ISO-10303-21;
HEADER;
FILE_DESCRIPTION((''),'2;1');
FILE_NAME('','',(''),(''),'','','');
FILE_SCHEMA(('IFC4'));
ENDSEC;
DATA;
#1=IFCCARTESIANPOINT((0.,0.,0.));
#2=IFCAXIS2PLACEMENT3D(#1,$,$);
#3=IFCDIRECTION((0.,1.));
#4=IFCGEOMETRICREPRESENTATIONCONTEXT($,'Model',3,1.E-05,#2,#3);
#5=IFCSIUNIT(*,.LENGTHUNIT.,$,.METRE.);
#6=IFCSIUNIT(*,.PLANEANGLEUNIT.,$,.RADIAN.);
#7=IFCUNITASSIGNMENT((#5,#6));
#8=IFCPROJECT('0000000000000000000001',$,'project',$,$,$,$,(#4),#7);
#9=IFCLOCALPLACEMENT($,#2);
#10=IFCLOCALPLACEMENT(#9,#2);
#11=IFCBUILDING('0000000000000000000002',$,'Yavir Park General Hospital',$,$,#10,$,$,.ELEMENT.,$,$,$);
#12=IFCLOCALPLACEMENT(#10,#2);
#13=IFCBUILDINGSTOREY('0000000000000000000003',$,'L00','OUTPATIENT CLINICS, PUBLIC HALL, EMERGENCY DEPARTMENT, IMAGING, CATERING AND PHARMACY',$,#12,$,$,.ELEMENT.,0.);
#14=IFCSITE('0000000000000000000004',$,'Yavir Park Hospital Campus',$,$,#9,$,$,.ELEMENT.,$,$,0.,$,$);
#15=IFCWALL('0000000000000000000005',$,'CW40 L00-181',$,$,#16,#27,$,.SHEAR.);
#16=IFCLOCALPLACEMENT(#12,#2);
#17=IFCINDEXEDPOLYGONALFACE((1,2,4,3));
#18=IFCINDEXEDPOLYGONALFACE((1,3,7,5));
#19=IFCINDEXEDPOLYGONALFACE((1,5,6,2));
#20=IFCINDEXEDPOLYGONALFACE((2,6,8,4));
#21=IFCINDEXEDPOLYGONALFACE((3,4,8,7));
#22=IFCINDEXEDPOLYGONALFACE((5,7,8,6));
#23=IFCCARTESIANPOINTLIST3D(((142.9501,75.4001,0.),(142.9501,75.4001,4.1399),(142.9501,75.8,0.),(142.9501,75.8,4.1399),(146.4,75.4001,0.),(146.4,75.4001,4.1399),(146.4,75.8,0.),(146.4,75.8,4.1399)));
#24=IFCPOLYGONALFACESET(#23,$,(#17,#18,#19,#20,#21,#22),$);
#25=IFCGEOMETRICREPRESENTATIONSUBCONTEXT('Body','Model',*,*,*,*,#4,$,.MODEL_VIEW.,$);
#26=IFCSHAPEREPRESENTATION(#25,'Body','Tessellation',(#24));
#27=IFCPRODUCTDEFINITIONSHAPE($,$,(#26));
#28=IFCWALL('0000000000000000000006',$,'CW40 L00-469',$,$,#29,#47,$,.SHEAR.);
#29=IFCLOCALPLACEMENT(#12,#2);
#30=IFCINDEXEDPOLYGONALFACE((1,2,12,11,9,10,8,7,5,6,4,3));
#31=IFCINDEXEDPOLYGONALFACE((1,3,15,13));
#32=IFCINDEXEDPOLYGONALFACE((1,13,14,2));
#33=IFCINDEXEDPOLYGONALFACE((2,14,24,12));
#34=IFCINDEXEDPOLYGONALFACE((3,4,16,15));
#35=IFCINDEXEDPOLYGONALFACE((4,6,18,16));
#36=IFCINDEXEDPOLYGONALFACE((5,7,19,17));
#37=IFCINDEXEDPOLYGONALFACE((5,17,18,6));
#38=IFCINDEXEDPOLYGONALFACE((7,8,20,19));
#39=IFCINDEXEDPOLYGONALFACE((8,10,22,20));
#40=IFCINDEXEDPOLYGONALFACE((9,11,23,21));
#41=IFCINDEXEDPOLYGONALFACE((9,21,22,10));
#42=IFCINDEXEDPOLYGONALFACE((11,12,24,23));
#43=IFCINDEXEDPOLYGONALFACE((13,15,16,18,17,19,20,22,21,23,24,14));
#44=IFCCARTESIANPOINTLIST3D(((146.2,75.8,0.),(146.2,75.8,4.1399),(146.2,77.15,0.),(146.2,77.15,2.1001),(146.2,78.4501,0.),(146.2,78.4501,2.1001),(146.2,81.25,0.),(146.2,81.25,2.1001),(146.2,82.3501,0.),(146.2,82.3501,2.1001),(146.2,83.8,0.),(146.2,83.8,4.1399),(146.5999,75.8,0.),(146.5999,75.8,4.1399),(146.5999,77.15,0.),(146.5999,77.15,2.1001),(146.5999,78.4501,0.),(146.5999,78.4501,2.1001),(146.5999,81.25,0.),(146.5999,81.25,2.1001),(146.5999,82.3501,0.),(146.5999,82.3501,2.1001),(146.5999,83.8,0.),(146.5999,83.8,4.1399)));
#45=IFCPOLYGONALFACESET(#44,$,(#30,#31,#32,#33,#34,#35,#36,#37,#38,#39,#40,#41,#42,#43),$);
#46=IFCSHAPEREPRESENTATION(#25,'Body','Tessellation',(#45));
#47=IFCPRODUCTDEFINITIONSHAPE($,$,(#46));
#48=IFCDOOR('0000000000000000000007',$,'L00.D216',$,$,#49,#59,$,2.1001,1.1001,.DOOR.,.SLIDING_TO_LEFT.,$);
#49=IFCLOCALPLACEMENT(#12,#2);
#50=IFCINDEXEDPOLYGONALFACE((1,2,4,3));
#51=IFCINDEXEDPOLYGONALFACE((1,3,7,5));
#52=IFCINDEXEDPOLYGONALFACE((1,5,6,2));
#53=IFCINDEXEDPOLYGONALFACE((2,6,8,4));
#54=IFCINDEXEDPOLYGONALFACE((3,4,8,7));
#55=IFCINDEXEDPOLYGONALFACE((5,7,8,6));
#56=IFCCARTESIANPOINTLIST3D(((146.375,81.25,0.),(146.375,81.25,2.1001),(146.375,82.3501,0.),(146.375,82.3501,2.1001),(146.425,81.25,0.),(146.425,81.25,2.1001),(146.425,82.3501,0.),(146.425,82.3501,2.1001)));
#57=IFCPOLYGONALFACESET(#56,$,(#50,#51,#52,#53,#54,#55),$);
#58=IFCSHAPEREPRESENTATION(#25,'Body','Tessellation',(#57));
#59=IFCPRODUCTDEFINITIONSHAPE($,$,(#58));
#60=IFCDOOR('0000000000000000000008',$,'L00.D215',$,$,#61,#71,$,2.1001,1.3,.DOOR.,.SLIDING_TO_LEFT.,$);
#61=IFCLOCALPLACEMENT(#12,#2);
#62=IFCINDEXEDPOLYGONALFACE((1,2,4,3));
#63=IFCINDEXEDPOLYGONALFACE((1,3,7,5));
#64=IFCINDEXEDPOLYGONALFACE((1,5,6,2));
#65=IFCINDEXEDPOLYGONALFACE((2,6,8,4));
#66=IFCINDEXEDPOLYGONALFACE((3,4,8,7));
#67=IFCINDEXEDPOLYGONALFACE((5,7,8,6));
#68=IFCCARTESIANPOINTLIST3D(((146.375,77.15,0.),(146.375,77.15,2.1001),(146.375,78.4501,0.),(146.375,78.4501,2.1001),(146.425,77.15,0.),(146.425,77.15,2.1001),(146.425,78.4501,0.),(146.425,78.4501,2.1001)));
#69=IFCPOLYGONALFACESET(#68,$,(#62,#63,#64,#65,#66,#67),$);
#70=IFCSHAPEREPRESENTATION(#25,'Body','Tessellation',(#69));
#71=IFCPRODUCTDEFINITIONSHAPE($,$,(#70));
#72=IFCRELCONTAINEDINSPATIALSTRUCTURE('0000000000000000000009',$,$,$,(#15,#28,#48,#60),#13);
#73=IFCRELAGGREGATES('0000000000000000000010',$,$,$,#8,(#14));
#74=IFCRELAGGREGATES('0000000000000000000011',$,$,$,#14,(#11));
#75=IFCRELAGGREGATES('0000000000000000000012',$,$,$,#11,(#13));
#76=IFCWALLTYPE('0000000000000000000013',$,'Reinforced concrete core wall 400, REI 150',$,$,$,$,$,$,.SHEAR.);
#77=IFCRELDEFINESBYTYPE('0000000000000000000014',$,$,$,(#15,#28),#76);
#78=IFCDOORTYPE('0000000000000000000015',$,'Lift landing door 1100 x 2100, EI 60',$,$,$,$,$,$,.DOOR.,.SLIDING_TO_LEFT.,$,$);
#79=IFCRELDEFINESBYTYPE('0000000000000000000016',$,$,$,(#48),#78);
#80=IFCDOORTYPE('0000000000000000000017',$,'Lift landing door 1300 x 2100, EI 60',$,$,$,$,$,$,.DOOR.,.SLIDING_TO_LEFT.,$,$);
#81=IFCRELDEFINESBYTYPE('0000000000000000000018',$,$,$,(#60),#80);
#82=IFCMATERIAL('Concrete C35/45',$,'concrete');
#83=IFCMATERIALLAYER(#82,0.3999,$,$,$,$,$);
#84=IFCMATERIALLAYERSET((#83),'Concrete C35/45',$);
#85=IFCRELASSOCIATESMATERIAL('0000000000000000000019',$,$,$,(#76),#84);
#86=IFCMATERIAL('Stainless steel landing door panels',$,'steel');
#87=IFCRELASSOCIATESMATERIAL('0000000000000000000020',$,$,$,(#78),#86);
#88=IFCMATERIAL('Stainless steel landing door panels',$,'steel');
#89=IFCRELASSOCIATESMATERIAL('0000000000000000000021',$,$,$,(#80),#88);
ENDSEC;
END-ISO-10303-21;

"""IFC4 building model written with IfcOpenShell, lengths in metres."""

from ifc_helpers import new_model, si_unit, direction, frame, frame_2d, origin, place, context, subcontext, project, spatial, rectangle, extrude, material, layer, layer_set, type_object, element, fill, save


model = new_model("IFC4")

# Units and contexts
model_context = context("Model", 3, precision=1e-05, world=origin(), true_north=direction((0.0, 1.0)))
body_context = subcontext(model_context, "Body", "Model", "MODEL_VIEW")
ifc_project = project(units=[si_unit("LENGTHUNIT", "METRE"), si_unit("PLANEANGLEUNIT", "RADIAN")], contexts=[model_context])

# Site, building, storey
site_placement = place(None, origin())
site = spatial("IfcSite", under=ifc_project, at=site_placement, Name="Yavir Park Hospital Campus", CompositionType="ELEMENT", RefElevation=0.0)
building_placement = place(site_placement, origin())
building = spatial("IfcBuilding", under=site, at=building_placement, Name="Yavir Park General Hospital", CompositionType="ELEMENT")
storey_placement = place(building_placement, origin())
storey = spatial("IfcBuildingStorey", under=building, at=storey_placement, Name="L00", Description="OUTPATIENT CLINICS, PUBLIC HALL, EMERGENCY DEPARTMENT, IMAGING, CATERING AND PHARMACY", CompositionType="ELEMENT", Elevation=0.0)

# Wall
ifc_material_1 = material(Name="Concrete C35/45", Category="concrete")
ifc_layer_1 = layer(ifc_material_1, 0.3999)
ifc_layer_set_1 = layer_set([ifc_layer_1], Name="Concrete C35/45")
wall_type_1 = type_object("IfcWallType", Name="Reinforced concrete core wall 400, REI 150", PredefinedType="SHEAR", material=ifc_layer_set_1)
wall_1_placement = place(storey_placement, frame((142.95, 75.6001, 0.0), z_axis=(0.0, 0.0, 1.0), x_axis=(1.0, 0.0, 0.0)))
element("IfcWall", 1, at=wall_1_placement, inside=storey, type_object=wall_type_1, Name="CW40 L00-181", PredefinedType="SHEAR", context=body_context, shape_type="SweptSolid", body=[
    extrude(rectangle(XDim=3.45, YDim=0.3999, at=frame_2d((1.7251, 0.0))), origin(), (0.0, 0.0, 1.0), 4.1399),
])

# Wall, openings, doors
wall_2_placement = place(storey_placement, frame((146.3999, 75.8, 0.0), z_axis=(0.0, 0.0, 1.0), x_axis=(0.0, 1.0, 0.0)))
wall_2 = element("IfcWall", 2, at=wall_2_placement, inside=storey, type_object=wall_type_1, Name="CW40 L00-469", PredefinedType="SHEAR", context=body_context, shape_type="SweptSolid", body=[
    extrude(rectangle(XDim=8.0, YDim=0.3999, at=frame_2d((4.0, 0.0))), origin(), (0.0, 0.0, 1.0), 4.1399),
])
opening_1_placement = place(wall_2_placement, frame((1.3501, 0.0, 0.0)))
opening_1 = element("IfcOpeningElement", 3, at=opening_1_placement, cuts=wall_2, PredefinedType="OPENING", context=body_context, shape_type="SweptSolid", body=[
    extrude(rectangle(XDim=1.3, YDim=2.1001, at=frame_2d((0.6499, 1.05))), frame((0.0, 0.21, 0.0), z_axis=(0.0, -1.0, 0.0), x_axis=(1.0, 0.0, 0.0)), (0.0, 0.0, 1.0), 0.4199),
])
opening_2_placement = place(wall_2_placement, frame((5.45, 0.0, 0.0)))
opening_2 = element("IfcOpeningElement", 4, at=opening_2_placement, cuts=wall_2, PredefinedType="OPENING", context=body_context, shape_type="SweptSolid", body=[
    extrude(rectangle(XDim=1.1001, YDim=2.1001, at=frame_2d((0.55, 1.05))), frame((0.0, 0.21, 0.0), z_axis=(0.0, -1.0, 0.0), x_axis=(1.0, 0.0, 0.0)), (0.0, 0.0, 1.0), 0.4199),
])
ifc_material_2 = material(Name="Stainless steel landing door panels", Category="steel")
door_type_1 = type_object("IfcDoorType", Name="Lift landing door 1100 x 2100, EI 60", OperationType="SLIDING_TO_LEFT", PredefinedType="DOOR", material=ifc_material_2)
door_1_placement = place(opening_2_placement, origin())
door_1 = element("IfcDoor", 5, at=door_1_placement, inside=storey, type_object=door_type_1, Name="L00.D216", OperationType="SLIDING_TO_LEFT", OverallHeight=2.1001, OverallWidth=1.1001, PredefinedType="DOOR", context=body_context, shape_type="SweptSolid", body=[
    extrude(rectangle(XDim=1.1001, YDim=2.1001, at=frame_2d((0.55, 1.05))), frame((0.0, 0.0249, 0.0), z_axis=(0.0, -1.0, 0.0), x_axis=(1.0, 0.0, 0.0)), (0.0, 0.0, 1.0), 0.05),
])
fill(opening_2, door_1)
ifc_material_3 = material(Name="Stainless steel landing door panels", Category="steel")
door_type_2 = type_object("IfcDoorType", Name="Lift landing door 1300 x 2100, EI 60", OperationType="SLIDING_TO_LEFT", PredefinedType="DOOR", material=ifc_material_3)
door_2_placement = place(opening_1_placement, origin())
door_2 = element("IfcDoor", 6, at=door_2_placement, inside=storey, type_object=door_type_2, Name="L00.D215", OperationType="SLIDING_TO_LEFT", OverallHeight=2.1001, OverallWidth=1.3, PredefinedType="DOOR", context=body_context, shape_type="SweptSolid", body=[
    extrude(rectangle(XDim=1.3, YDim=2.1001, at=frame_2d((0.6499, 1.05))), frame((0.0, 0.0249, 0.0), z_axis=(0.0, -1.0, 0.0), x_axis=(1.0, 0.0, 0.0)), (0.0, 0.0, 1.0), 0.05),
])
fill(opening_1, door_2)

save(model, "model.ifc")
